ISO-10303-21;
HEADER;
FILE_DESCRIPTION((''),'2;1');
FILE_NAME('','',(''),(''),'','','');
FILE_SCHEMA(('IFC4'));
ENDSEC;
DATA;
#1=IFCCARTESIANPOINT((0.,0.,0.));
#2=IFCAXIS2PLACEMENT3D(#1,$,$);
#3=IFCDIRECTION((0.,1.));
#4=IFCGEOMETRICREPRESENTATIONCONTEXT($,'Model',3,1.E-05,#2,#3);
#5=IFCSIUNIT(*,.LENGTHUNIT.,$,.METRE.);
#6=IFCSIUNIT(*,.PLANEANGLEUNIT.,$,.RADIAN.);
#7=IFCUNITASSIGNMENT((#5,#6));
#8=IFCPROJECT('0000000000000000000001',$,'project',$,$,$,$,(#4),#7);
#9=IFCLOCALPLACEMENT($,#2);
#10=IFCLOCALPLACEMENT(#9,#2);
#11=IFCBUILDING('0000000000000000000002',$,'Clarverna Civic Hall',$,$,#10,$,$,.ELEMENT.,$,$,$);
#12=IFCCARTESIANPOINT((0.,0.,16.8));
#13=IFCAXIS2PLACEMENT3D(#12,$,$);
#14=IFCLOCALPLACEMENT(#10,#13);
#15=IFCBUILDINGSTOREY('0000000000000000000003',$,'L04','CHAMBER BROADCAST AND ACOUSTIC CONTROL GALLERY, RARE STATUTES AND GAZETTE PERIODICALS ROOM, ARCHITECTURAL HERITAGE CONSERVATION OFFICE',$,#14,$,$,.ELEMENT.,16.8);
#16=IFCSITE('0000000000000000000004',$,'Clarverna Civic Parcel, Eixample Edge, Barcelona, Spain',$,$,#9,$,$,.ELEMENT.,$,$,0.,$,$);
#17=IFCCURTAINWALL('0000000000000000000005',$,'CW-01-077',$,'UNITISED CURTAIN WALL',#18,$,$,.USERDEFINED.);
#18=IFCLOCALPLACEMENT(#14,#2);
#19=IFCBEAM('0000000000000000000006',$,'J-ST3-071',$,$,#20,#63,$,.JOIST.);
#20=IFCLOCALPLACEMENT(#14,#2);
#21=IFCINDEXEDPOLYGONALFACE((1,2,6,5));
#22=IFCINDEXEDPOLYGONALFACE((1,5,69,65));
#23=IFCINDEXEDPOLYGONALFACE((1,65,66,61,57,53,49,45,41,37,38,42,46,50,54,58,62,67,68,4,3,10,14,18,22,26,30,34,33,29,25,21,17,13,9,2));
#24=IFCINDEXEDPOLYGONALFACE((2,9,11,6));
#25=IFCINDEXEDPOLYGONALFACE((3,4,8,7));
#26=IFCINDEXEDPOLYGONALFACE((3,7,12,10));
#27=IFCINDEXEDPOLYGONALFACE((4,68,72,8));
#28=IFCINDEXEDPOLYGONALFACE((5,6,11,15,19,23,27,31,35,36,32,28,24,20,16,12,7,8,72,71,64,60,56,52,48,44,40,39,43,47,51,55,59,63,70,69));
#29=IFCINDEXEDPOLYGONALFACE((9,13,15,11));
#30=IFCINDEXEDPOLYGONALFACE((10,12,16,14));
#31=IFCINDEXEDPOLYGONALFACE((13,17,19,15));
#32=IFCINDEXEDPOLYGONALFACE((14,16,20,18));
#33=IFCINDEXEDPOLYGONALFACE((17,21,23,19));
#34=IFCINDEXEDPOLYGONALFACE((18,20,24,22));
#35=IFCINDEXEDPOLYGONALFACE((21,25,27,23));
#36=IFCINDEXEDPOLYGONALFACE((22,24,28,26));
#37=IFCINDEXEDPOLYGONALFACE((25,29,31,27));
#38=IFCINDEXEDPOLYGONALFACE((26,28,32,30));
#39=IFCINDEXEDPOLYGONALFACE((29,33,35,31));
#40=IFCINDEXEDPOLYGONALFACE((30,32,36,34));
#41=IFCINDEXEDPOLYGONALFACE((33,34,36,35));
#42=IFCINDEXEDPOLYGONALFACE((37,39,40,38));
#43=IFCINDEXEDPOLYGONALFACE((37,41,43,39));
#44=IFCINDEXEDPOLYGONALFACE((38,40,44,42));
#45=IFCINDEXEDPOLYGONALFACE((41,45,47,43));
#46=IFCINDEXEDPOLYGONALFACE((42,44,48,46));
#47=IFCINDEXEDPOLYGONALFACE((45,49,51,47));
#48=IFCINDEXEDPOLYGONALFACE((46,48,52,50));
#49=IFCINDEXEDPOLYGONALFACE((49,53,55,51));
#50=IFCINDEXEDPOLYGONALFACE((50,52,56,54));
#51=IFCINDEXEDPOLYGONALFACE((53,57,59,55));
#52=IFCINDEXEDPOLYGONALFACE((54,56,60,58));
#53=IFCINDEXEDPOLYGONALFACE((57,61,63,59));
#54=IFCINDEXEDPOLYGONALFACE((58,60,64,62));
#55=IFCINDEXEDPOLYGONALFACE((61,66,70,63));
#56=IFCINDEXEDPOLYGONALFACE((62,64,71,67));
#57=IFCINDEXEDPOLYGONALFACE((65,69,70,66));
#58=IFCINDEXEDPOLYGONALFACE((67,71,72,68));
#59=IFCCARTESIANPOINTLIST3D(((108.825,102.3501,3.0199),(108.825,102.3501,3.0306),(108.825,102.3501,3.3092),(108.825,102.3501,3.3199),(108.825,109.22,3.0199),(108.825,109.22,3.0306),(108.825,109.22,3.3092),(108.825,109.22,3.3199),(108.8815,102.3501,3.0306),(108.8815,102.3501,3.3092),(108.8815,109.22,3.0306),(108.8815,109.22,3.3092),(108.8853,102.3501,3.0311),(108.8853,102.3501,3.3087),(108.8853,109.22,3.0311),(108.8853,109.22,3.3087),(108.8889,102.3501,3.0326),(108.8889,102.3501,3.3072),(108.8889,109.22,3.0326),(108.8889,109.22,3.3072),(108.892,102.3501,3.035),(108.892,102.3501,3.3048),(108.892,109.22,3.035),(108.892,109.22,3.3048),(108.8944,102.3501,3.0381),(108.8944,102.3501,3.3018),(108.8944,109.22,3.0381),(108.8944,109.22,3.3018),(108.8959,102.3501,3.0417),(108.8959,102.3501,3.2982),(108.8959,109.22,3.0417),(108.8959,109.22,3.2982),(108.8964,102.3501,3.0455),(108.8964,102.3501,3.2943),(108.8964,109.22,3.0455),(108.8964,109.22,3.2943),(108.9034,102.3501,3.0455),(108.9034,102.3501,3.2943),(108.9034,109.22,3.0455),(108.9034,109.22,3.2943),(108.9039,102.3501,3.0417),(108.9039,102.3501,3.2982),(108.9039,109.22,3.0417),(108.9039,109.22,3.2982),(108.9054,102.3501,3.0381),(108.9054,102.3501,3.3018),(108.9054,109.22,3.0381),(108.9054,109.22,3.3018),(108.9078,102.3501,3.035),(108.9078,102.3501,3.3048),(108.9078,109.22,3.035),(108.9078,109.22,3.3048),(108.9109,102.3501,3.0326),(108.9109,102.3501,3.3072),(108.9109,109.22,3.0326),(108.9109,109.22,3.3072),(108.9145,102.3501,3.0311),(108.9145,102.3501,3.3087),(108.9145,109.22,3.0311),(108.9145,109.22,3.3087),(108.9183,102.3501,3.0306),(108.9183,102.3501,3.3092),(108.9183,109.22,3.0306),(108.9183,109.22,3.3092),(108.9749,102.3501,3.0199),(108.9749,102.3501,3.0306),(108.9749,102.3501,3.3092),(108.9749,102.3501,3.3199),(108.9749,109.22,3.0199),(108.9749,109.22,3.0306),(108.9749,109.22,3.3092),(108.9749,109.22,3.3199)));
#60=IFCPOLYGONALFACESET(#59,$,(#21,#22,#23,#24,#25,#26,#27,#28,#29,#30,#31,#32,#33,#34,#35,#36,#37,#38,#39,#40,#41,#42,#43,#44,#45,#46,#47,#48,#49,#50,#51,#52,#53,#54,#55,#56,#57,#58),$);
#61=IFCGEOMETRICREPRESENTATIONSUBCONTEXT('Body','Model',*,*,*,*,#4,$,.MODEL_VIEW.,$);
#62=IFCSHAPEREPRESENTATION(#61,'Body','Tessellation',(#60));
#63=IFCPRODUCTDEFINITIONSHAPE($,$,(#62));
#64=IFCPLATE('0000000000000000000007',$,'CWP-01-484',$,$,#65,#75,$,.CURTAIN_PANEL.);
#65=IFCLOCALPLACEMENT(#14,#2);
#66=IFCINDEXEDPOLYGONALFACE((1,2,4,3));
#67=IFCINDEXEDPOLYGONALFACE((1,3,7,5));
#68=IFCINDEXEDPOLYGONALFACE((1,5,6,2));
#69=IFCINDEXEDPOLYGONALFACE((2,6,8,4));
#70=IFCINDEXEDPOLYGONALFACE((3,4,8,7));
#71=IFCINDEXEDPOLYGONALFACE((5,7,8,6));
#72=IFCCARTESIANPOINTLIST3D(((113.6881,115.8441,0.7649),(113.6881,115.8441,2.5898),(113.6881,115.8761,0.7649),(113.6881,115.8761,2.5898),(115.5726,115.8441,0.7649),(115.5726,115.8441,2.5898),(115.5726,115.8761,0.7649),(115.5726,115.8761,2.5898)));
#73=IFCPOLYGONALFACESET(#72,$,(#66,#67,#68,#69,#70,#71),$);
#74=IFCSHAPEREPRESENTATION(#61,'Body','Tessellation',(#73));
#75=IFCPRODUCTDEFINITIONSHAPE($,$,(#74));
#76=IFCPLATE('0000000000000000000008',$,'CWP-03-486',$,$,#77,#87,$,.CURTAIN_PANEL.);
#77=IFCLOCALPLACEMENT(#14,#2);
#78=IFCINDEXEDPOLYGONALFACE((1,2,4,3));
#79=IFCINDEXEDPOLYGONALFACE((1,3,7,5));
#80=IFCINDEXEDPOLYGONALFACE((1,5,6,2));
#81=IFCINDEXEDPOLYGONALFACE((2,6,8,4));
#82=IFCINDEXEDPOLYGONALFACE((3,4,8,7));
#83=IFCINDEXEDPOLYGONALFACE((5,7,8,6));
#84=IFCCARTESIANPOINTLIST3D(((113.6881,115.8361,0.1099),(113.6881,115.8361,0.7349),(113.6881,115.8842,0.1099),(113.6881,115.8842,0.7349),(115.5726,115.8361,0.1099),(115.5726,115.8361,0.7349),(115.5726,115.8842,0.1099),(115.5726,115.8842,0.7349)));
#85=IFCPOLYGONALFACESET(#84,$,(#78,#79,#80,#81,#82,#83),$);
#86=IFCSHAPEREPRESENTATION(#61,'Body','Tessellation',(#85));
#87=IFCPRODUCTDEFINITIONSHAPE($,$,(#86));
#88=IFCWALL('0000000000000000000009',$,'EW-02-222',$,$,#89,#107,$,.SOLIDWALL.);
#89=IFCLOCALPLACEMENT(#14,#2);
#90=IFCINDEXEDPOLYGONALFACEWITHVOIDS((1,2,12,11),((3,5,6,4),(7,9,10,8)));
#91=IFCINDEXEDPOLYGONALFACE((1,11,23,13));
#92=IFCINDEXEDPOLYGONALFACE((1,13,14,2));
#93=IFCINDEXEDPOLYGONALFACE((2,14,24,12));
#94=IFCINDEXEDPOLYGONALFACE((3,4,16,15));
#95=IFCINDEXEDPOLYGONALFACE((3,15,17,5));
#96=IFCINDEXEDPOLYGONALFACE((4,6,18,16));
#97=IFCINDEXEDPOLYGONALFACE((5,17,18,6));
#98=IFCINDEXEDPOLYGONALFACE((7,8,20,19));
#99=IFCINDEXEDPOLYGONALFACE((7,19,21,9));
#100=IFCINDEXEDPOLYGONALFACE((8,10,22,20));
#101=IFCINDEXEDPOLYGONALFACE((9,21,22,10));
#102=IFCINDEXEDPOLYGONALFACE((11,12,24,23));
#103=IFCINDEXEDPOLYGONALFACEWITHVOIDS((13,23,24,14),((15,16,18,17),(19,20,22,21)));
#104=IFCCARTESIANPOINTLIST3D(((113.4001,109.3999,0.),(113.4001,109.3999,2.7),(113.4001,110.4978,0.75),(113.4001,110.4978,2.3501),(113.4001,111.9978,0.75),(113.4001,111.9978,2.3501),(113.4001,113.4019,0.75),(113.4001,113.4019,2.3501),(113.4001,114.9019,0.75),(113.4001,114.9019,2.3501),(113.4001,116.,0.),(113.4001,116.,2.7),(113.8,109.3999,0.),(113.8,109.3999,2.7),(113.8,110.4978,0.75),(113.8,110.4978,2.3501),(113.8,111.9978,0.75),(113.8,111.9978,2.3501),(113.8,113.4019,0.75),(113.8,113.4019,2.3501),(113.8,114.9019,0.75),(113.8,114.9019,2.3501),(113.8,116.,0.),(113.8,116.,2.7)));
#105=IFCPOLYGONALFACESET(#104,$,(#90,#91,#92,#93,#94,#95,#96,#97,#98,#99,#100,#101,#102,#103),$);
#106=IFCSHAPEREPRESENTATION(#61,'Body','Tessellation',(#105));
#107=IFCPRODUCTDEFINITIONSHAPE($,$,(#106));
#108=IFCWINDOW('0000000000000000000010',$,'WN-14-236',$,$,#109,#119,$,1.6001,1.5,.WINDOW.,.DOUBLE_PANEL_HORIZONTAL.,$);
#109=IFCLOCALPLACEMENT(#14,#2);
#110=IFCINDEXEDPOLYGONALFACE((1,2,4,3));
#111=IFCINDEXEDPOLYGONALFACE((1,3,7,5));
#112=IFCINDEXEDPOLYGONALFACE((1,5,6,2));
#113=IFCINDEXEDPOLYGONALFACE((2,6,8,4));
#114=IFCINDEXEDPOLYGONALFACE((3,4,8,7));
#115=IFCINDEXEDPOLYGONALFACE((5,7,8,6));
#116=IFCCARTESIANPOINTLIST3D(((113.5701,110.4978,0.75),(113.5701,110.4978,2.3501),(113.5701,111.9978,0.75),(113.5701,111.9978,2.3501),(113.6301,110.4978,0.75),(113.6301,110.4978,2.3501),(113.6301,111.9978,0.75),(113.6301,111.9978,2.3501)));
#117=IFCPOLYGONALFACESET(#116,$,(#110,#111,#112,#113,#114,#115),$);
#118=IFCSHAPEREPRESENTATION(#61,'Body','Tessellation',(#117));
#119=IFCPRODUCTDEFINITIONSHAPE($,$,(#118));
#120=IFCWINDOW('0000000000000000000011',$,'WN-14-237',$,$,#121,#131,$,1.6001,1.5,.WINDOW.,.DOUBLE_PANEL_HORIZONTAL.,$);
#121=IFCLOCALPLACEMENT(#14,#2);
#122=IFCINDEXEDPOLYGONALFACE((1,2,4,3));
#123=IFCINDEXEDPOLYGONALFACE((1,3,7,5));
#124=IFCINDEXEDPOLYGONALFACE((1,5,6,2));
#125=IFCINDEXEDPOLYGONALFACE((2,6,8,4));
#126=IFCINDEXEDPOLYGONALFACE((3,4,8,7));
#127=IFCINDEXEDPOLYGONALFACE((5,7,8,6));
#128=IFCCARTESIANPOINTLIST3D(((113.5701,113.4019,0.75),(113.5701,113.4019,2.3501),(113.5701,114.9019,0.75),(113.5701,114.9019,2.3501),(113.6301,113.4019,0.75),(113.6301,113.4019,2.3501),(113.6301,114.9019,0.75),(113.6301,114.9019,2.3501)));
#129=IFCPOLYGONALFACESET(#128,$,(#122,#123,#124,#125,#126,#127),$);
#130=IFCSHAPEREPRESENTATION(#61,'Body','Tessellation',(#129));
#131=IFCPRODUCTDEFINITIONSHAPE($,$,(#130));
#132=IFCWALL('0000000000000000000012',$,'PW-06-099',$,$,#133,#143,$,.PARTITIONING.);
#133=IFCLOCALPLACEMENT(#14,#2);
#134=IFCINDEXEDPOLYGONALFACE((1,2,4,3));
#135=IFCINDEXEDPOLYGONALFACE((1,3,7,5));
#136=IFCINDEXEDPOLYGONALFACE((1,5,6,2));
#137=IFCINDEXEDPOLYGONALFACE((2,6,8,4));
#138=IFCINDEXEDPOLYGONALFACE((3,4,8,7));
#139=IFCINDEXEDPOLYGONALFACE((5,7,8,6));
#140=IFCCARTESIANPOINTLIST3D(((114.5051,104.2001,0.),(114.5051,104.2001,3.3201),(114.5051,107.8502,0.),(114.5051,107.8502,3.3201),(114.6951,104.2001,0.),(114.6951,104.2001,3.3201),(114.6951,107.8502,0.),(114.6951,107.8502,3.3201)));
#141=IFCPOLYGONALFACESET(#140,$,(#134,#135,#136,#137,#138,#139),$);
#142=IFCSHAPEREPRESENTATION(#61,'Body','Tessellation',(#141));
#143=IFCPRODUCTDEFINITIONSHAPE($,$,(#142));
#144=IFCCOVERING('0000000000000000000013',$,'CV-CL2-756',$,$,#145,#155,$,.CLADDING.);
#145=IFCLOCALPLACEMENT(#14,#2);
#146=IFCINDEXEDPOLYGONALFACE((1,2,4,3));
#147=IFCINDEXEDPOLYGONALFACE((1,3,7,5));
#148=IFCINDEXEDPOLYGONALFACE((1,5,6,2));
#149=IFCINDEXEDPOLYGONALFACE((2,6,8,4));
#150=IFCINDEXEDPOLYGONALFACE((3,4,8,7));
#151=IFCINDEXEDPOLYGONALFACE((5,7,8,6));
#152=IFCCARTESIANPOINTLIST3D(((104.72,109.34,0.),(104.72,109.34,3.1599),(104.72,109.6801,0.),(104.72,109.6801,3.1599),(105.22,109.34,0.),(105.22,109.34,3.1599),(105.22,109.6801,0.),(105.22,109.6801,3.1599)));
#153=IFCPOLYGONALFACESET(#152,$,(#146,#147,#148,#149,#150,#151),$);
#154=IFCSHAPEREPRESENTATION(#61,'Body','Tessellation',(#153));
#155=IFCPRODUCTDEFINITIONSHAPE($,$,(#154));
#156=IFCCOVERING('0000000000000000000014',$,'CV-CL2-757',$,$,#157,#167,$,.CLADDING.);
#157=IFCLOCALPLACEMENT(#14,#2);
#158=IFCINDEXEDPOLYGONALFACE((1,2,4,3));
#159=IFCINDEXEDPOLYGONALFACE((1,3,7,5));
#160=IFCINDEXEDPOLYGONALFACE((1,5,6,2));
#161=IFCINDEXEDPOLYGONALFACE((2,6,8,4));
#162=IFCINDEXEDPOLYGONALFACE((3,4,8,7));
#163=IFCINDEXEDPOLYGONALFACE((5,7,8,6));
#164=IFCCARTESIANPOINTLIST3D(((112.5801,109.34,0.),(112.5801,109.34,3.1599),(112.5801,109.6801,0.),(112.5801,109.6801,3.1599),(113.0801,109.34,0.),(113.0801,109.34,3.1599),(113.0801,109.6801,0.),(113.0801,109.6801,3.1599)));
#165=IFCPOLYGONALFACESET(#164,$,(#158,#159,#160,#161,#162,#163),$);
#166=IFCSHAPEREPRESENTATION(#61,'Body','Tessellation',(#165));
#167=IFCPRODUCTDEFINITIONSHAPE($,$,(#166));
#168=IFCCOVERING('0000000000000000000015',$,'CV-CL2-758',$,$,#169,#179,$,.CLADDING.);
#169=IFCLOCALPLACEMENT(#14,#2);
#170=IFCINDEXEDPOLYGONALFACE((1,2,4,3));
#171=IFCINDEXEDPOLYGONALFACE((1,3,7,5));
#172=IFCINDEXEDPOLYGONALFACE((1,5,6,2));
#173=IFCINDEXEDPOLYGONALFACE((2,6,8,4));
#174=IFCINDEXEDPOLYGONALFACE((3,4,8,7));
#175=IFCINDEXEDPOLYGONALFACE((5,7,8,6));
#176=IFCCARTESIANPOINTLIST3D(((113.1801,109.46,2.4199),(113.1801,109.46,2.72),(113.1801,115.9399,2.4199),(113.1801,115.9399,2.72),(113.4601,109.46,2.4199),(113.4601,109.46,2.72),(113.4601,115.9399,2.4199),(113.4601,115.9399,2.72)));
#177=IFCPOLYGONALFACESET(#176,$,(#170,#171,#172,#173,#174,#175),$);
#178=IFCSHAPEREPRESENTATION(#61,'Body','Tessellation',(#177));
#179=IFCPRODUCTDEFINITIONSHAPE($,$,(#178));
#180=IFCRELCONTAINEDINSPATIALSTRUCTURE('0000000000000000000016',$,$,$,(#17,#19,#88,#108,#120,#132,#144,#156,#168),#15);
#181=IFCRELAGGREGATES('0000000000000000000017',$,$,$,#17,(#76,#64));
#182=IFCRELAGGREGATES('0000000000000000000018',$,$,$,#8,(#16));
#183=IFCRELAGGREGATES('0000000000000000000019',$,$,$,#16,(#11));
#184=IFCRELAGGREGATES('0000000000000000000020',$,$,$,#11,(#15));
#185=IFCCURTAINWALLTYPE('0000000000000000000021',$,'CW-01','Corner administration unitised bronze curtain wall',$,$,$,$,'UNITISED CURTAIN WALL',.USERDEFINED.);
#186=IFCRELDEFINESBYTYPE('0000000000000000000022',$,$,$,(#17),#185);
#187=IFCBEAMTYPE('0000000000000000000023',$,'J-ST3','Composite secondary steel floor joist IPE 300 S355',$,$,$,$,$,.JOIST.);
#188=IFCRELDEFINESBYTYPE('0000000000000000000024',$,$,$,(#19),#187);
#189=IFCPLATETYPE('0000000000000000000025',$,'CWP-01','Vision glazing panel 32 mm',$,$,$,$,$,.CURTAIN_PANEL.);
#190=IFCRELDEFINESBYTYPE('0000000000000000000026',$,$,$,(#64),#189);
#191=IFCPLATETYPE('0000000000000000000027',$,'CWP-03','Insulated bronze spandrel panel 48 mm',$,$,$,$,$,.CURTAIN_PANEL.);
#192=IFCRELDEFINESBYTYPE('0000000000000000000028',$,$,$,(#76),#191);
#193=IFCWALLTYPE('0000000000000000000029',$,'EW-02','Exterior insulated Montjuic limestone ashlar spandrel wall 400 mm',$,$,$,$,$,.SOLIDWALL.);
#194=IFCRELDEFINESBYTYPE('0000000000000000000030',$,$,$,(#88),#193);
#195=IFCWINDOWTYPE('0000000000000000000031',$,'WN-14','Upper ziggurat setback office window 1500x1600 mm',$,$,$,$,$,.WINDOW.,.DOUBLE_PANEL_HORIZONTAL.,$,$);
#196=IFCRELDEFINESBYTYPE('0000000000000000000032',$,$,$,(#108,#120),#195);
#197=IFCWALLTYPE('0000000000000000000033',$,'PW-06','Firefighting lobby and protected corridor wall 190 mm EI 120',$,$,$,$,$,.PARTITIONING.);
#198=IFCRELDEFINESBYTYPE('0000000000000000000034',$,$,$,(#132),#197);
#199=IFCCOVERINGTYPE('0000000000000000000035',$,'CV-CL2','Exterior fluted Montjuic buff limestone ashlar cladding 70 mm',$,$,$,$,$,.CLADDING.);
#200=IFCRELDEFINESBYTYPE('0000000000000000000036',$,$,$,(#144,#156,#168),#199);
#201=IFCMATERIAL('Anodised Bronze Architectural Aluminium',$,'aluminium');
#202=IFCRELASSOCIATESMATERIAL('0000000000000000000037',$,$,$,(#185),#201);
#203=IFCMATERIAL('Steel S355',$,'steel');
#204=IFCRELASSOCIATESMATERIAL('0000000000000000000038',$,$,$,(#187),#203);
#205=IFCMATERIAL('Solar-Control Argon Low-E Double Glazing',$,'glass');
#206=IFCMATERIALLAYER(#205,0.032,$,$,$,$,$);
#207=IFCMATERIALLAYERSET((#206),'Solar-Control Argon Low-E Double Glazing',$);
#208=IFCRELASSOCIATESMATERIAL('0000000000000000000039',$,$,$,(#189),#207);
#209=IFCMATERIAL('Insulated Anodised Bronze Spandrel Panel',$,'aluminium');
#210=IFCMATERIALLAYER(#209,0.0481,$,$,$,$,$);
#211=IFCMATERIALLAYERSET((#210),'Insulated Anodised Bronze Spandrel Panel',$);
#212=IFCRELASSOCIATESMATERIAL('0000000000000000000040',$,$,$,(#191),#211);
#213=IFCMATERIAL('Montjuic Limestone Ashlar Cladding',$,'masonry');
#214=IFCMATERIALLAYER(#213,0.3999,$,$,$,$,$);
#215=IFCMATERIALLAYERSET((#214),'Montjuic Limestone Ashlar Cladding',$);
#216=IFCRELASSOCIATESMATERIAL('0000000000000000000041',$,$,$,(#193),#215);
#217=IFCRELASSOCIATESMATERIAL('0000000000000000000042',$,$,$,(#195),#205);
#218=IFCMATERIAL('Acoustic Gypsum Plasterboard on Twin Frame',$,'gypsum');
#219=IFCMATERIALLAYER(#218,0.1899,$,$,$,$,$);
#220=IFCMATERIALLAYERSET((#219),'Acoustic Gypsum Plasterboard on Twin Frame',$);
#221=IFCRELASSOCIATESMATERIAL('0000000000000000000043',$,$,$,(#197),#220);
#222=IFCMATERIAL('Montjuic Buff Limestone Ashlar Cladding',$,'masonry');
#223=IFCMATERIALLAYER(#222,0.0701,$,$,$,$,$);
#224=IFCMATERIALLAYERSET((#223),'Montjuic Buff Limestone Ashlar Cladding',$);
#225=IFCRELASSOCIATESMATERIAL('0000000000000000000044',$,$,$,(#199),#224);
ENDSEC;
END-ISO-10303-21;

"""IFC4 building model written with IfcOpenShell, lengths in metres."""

from ifc_helpers import new_model, si_unit, direction, frame, frame_2d, origin, origin_2d, place, context, subcontext, project, spatial, rectangle, i_section, extrude, material, layer, layer_set, material_profile, profile_set, type_object, element, fill, aggregate, save


model = new_model("IFC4")

# Units and contexts
model_context = context("Model", 3, precision=1e-05, world=origin(), true_north=direction((0.0, 1.0)))
body_context = subcontext(model_context, "Body", "Model", "MODEL_VIEW")
ifc_project = project(units=[si_unit("LENGTHUNIT", "METRE"), si_unit("PLANEANGLEUNIT", "RADIAN")], contexts=[model_context])

# Site, building, storey
site_placement = place(None, origin())
site = spatial("IfcSite", under=ifc_project, at=site_placement, Name="Clarverna Civic Parcel, Eixample Edge, Barcelona, Spain", CompositionType="ELEMENT", RefElevation=0.0)
building_placement = place(site_placement, origin())
building = spatial("IfcBuilding", under=site, at=building_placement, Name="Clarverna Civic Hall", CompositionType="ELEMENT")
storey_placement = place(building_placement, frame((0.0, 0.0, 16.8)))
storey = spatial("IfcBuildingStorey", under=building, at=storey_placement, Name="L04", Description="CHAMBER BROADCAST AND ACOUSTIC CONTROL GALLERY, RARE STATUTES AND GAZETTE PERIODICALS ROOM, ARCHITECTURAL HERITAGE CONSERVATION OFFICE", CompositionType="ELEMENT", Elevation=16.8)

# Curtain wall
ifc_material_1 = material(Name="Anodised Bronze Architectural Aluminium", Category="aluminium")
curtain_wall_type = type_object("IfcCurtainWallType", Name="CW-01", Description="Corner administration unitised bronze curtain wall", ElementType="UNITISED CURTAIN WALL", PredefinedType="USERDEFINED", material=ifc_material_1)
curtain_wall_placement = place(storey_placement, origin())
curtain_wall = element("IfcCurtainWall", 1, at=curtain_wall_placement, inside=storey, type_object=curtain_wall_type, Name="CW-01-077", ObjectType="UNITISED CURTAIN WALL", PredefinedType="USERDEFINED")

# Beam
ifc_material_2 = material(Name="Steel S355", Category="steel")
ifc_material_profile_1 = material_profile(ifc_material_2, i_section(OverallWidth=0.1499, OverallDepth=0.3, WebThickness=0.0071, FlangeThickness=0.0107, FilletRadius=0.0149, at=origin_2d()), Name="IPE 300")
ifc_profile_set_1 = profile_set([ifc_material_profile_1], Name="Steel S355")
beam_type_1 = type_object("IfcBeamType", Name="J-ST3", Description="Composite secondary steel floor joist IPE 300 S355", PredefinedType="JOIST", material=ifc_profile_set_1)
beam_1_placement = place(storey_placement, frame((108.8999, 102.3501, 3.1699), z_axis=(0.0, 1.0, 0.0), x_axis=(-1.0, 0.0, 0.0)))
element("IfcBeam", 2, at=beam_1_placement, inside=storey, type_object=beam_type_1, Name="J-ST3-071", PredefinedType="JOIST", context=body_context, shape_type="SweptSolid", body=[
    extrude(i_section(OverallWidth=0.1499, OverallDepth=0.3, WebThickness=0.0071, FlangeThickness=0.0107, FilletRadius=0.0149, at=origin_2d()), origin(), (0.0, 0.0, 1.0), 6.8699),
])

# Plates
ifc_material_3 = material(Name="Solar-Control Argon Low-E Double Glazing", Category="glass")
ifc_layer_1 = layer(ifc_material_3, 0.032)
ifc_layer_set_1 = layer_set([ifc_layer_1], Name="Solar-Control Argon Low-E Double Glazing")
plate_type_1 = type_object("IfcPlateType", Name="CWP-01", Description="Vision glazing panel 32 mm", PredefinedType="CURTAIN_PANEL", material=ifc_layer_set_1)
plate_1_placement = place(storey_placement, frame((113.688, 115.8601, 0.7649), z_axis=(0.0, 0.0, 1.0), x_axis=(1.0, 0.0, 0.0)))
plate_1 = element("IfcPlate", 3, at=plate_1_placement, type_object=plate_type_1, Name="CWP-01-484", PredefinedType="CURTAIN_PANEL", context=body_context, shape_type="SweptSolid", body=[
    extrude(rectangle(XDim=1.8845, YDim=0.032, at=frame_2d((0.9424, 0.0))), origin(), (0.0, 0.0, 1.0), 1.825),
])
ifc_material_4 = material(Name="Insulated Anodised Bronze Spandrel Panel", Category="aluminium")
ifc_layer_2 = layer(ifc_material_4, 0.0481)
ifc_layer_set_2 = layer_set([ifc_layer_2], Name="Insulated Anodised Bronze Spandrel Panel")
plate_type_2 = type_object("IfcPlateType", Name="CWP-03", Description="Insulated bronze spandrel panel 48 mm", PredefinedType="CURTAIN_PANEL", material=ifc_layer_set_2)
plate_2_placement = place(storey_placement, frame((113.688, 115.8601, 0.1099), z_axis=(0.0, 0.0, 1.0), x_axis=(1.0, 0.0, 0.0)))
plate_2 = element("IfcPlate", 4, at=plate_2_placement, type_object=plate_type_2, Name="CWP-03-486", PredefinedType="CURTAIN_PANEL", context=body_context, shape_type="SweptSolid", body=[
    extrude(rectangle(XDim=1.8845, YDim=0.0481, at=frame_2d((0.9424, 0.0))), origin(), (0.0, 0.0, 1.0), 0.625),
])
aggregate(curtain_wall, [plate_2, plate_1])

# Wall, openings, windows
ifc_material_5 = material(Name="Montjuic Limestone Ashlar Cladding", Category="masonry")
ifc_layer_3 = layer(ifc_material_5, 0.3999)
ifc_layer_set_3 = layer_set([ifc_layer_3], Name="Montjuic Limestone Ashlar Cladding")
wall_type_1 = type_object("IfcWallType", Name="EW-02", Description="Exterior insulated Montjuic limestone ashlar spandrel wall 400 mm", PredefinedType="SOLIDWALL", material=ifc_layer_set_3)
wall_1_placement = place(storey_placement, frame((113.6001, 109.3999, 0.0), z_axis=(0.0, 0.0, 1.0), x_axis=(0.0, 1.0, 0.0)))
wall_1 = element("IfcWall", 5, at=wall_1_placement, inside=storey, type_object=wall_type_1, Name="EW-02-222", PredefinedType="SOLIDWALL", context=body_context, shape_type="SweptSolid", body=[
    extrude(rectangle(XDim=6.6001, YDim=0.3999, at=frame_2d((3.3, 0.0))), origin(), (0.0, 0.0, 1.0), 2.7),
])
opening_1_placement = place(wall_1_placement, frame((1.0979, 0.0, 0.75)))
opening_1 = element("IfcOpeningElement", 6, at=opening_1_placement, cuts=wall_1, PredefinedType="OPENING", context=body_context, shape_type="SweptSolid", body=[
    extrude(rectangle(XDim=1.5, YDim=1.6001, at=frame_2d((0.75, 0.8))), frame((0.0, 0.21, 0.0), z_axis=(0.0, -1.0, 0.0), x_axis=(1.0, 0.0, 0.0)), (0.0, 0.0, 1.0), 0.4199),
])
opening_2_placement = place(wall_1_placement, frame((4.002, 0.0, 0.75)))
opening_2 = element("IfcOpeningElement", 7, at=opening_2_placement, cuts=wall_1, PredefinedType="OPENING", context=body_context, shape_type="SweptSolid", body=[
    extrude(rectangle(XDim=1.5, YDim=1.6001, at=frame_2d((0.75, 0.8))), frame((0.0, 0.21, 0.0), z_axis=(0.0, -1.0, 0.0), x_axis=(1.0, 0.0, 0.0)), (0.0, 0.0, 1.0), 0.4199),
])
window_type = type_object("IfcWindowType", Name="WN-14", Description="Upper ziggurat setback office window 1500x1600 mm", PartitioningType="DOUBLE_PANEL_HORIZONTAL", PredefinedType="WINDOW", material=ifc_material_3)
window_1_placement = place(opening_1_placement, origin())
window_1 = element("IfcWindow", 8, at=window_1_placement, inside=storey, type_object=window_type, Name="WN-14-236", OverallHeight=1.6001, OverallWidth=1.5, PartitioningType="DOUBLE_PANEL_HORIZONTAL", PredefinedType="WINDOW", context=body_context, shape_type="SweptSolid", body=[
    extrude(rectangle(XDim=1.5, YDim=1.6001, at=frame_2d((0.75, 0.8))), frame((0.0, 0.03, 0.0), z_axis=(0.0, -1.0, 0.0), x_axis=(1.0, 0.0, 0.0)), (0.0, 0.0, 1.0), 0.0601),
])
fill(opening_1, window_1)
window_2_placement = place(opening_2_placement, origin())
window_2 = element("IfcWindow", 9, at=window_2_placement, inside=storey, type_object=window_type, Name="WN-14-237", OverallHeight=1.6001, OverallWidth=1.5, PartitioningType="DOUBLE_PANEL_HORIZONTAL", PredefinedType="WINDOW", context=body_context, shape_type="SweptSolid", body=[
    extrude(rectangle(XDim=1.5, YDim=1.6001, at=frame_2d((0.75, 0.8))), frame((0.0, 0.03, 0.0), z_axis=(0.0, -1.0, 0.0), x_axis=(1.0, 0.0, 0.0)), (0.0, 0.0, 1.0), 0.0601),
])
fill(opening_2, window_2)

# Wall
ifc_material_6 = material(Name="Acoustic Gypsum Plasterboard on Twin Frame", Category="gypsum")
ifc_layer_4 = layer(ifc_material_6, 0.1899)
ifc_layer_set_4 = layer_set([ifc_layer_4], Name="Acoustic Gypsum Plasterboard on Twin Frame")
wall_type_2 = type_object("IfcWallType", Name="PW-06", Description="Firefighting lobby and protected corridor wall 190 mm EI 120", PredefinedType="PARTITIONING", material=ifc_layer_set_4)
wall_2_placement = place(storey_placement, frame((114.6001, 104.2, 0.0), z_axis=(0.0, 0.0, 1.0), x_axis=(0.0, 1.0, 0.0)))
element("IfcWall", 10, at=wall_2_placement, inside=storey, type_object=wall_type_2, Name="PW-06-099", PredefinedType="PARTITIONING", context=body_context, shape_type="SweptSolid", body=[
    extrude(rectangle(XDim=3.6501, YDim=0.1899, at=frame_2d((1.8252, 0.0))), origin(), (0.0, 0.0, 1.0), 3.3201),
])

# Coverings
ifc_material_7 = material(Name="Montjuic Buff Limestone Ashlar Cladding", Category="masonry")
ifc_layer_5 = layer(ifc_material_7, 0.0701)
ifc_layer_set_5 = layer_set([ifc_layer_5], Name="Montjuic Buff Limestone Ashlar Cladding")
covering_type = type_object("IfcCoveringType", Name="CV-CL2", Description="Exterior fluted Montjuic buff limestone ashlar cladding 70 mm", PredefinedType="CLADDING", material=ifc_layer_set_5)
for number, where, z_axis, x_axis, name in (
    (11, (104.72, 109.51, 0.0), (0.0, 0.0, 1.0), (1.0, 0.0, 0.0), "CV-CL2-756"),
    (12, (112.5801, 109.51, 0.0), (0.0, 0.0, 1.0), (1.0, 0.0, 0.0), "CV-CL2-757"),
):
    element("IfcCovering", number, at=place(storey_placement, frame(where, z_axis=z_axis, x_axis=x_axis)), inside=storey, type_object=covering_type, Name=name, PredefinedType="CLADDING", context=body_context, shape_type="SweptSolid", body=[
        extrude(rectangle(XDim=0.5, YDim=0.3401, at=frame_2d((0.25, 0.0))), origin(), (0.0, 0.0, 1.0), 3.1599),
    ])
covering_placement = place(storey_placement, frame((113.3201, 109.46, 2.4199), z_axis=(0.0, 0.0, 1.0), x_axis=(0.0, 1.0, 0.0)))
element("IfcCovering", 13, at=covering_placement, inside=storey, type_object=covering_type, Name="CV-CL2-758", PredefinedType="CLADDING", context=body_context, shape_type="SweptSolid", body=[
    extrude(rectangle(XDim=6.48, YDim=0.28, at=frame_2d((3.24, 0.0))), origin(), (0.0, 0.0, 1.0), 0.3),
])

save(model, "model.ifc")
